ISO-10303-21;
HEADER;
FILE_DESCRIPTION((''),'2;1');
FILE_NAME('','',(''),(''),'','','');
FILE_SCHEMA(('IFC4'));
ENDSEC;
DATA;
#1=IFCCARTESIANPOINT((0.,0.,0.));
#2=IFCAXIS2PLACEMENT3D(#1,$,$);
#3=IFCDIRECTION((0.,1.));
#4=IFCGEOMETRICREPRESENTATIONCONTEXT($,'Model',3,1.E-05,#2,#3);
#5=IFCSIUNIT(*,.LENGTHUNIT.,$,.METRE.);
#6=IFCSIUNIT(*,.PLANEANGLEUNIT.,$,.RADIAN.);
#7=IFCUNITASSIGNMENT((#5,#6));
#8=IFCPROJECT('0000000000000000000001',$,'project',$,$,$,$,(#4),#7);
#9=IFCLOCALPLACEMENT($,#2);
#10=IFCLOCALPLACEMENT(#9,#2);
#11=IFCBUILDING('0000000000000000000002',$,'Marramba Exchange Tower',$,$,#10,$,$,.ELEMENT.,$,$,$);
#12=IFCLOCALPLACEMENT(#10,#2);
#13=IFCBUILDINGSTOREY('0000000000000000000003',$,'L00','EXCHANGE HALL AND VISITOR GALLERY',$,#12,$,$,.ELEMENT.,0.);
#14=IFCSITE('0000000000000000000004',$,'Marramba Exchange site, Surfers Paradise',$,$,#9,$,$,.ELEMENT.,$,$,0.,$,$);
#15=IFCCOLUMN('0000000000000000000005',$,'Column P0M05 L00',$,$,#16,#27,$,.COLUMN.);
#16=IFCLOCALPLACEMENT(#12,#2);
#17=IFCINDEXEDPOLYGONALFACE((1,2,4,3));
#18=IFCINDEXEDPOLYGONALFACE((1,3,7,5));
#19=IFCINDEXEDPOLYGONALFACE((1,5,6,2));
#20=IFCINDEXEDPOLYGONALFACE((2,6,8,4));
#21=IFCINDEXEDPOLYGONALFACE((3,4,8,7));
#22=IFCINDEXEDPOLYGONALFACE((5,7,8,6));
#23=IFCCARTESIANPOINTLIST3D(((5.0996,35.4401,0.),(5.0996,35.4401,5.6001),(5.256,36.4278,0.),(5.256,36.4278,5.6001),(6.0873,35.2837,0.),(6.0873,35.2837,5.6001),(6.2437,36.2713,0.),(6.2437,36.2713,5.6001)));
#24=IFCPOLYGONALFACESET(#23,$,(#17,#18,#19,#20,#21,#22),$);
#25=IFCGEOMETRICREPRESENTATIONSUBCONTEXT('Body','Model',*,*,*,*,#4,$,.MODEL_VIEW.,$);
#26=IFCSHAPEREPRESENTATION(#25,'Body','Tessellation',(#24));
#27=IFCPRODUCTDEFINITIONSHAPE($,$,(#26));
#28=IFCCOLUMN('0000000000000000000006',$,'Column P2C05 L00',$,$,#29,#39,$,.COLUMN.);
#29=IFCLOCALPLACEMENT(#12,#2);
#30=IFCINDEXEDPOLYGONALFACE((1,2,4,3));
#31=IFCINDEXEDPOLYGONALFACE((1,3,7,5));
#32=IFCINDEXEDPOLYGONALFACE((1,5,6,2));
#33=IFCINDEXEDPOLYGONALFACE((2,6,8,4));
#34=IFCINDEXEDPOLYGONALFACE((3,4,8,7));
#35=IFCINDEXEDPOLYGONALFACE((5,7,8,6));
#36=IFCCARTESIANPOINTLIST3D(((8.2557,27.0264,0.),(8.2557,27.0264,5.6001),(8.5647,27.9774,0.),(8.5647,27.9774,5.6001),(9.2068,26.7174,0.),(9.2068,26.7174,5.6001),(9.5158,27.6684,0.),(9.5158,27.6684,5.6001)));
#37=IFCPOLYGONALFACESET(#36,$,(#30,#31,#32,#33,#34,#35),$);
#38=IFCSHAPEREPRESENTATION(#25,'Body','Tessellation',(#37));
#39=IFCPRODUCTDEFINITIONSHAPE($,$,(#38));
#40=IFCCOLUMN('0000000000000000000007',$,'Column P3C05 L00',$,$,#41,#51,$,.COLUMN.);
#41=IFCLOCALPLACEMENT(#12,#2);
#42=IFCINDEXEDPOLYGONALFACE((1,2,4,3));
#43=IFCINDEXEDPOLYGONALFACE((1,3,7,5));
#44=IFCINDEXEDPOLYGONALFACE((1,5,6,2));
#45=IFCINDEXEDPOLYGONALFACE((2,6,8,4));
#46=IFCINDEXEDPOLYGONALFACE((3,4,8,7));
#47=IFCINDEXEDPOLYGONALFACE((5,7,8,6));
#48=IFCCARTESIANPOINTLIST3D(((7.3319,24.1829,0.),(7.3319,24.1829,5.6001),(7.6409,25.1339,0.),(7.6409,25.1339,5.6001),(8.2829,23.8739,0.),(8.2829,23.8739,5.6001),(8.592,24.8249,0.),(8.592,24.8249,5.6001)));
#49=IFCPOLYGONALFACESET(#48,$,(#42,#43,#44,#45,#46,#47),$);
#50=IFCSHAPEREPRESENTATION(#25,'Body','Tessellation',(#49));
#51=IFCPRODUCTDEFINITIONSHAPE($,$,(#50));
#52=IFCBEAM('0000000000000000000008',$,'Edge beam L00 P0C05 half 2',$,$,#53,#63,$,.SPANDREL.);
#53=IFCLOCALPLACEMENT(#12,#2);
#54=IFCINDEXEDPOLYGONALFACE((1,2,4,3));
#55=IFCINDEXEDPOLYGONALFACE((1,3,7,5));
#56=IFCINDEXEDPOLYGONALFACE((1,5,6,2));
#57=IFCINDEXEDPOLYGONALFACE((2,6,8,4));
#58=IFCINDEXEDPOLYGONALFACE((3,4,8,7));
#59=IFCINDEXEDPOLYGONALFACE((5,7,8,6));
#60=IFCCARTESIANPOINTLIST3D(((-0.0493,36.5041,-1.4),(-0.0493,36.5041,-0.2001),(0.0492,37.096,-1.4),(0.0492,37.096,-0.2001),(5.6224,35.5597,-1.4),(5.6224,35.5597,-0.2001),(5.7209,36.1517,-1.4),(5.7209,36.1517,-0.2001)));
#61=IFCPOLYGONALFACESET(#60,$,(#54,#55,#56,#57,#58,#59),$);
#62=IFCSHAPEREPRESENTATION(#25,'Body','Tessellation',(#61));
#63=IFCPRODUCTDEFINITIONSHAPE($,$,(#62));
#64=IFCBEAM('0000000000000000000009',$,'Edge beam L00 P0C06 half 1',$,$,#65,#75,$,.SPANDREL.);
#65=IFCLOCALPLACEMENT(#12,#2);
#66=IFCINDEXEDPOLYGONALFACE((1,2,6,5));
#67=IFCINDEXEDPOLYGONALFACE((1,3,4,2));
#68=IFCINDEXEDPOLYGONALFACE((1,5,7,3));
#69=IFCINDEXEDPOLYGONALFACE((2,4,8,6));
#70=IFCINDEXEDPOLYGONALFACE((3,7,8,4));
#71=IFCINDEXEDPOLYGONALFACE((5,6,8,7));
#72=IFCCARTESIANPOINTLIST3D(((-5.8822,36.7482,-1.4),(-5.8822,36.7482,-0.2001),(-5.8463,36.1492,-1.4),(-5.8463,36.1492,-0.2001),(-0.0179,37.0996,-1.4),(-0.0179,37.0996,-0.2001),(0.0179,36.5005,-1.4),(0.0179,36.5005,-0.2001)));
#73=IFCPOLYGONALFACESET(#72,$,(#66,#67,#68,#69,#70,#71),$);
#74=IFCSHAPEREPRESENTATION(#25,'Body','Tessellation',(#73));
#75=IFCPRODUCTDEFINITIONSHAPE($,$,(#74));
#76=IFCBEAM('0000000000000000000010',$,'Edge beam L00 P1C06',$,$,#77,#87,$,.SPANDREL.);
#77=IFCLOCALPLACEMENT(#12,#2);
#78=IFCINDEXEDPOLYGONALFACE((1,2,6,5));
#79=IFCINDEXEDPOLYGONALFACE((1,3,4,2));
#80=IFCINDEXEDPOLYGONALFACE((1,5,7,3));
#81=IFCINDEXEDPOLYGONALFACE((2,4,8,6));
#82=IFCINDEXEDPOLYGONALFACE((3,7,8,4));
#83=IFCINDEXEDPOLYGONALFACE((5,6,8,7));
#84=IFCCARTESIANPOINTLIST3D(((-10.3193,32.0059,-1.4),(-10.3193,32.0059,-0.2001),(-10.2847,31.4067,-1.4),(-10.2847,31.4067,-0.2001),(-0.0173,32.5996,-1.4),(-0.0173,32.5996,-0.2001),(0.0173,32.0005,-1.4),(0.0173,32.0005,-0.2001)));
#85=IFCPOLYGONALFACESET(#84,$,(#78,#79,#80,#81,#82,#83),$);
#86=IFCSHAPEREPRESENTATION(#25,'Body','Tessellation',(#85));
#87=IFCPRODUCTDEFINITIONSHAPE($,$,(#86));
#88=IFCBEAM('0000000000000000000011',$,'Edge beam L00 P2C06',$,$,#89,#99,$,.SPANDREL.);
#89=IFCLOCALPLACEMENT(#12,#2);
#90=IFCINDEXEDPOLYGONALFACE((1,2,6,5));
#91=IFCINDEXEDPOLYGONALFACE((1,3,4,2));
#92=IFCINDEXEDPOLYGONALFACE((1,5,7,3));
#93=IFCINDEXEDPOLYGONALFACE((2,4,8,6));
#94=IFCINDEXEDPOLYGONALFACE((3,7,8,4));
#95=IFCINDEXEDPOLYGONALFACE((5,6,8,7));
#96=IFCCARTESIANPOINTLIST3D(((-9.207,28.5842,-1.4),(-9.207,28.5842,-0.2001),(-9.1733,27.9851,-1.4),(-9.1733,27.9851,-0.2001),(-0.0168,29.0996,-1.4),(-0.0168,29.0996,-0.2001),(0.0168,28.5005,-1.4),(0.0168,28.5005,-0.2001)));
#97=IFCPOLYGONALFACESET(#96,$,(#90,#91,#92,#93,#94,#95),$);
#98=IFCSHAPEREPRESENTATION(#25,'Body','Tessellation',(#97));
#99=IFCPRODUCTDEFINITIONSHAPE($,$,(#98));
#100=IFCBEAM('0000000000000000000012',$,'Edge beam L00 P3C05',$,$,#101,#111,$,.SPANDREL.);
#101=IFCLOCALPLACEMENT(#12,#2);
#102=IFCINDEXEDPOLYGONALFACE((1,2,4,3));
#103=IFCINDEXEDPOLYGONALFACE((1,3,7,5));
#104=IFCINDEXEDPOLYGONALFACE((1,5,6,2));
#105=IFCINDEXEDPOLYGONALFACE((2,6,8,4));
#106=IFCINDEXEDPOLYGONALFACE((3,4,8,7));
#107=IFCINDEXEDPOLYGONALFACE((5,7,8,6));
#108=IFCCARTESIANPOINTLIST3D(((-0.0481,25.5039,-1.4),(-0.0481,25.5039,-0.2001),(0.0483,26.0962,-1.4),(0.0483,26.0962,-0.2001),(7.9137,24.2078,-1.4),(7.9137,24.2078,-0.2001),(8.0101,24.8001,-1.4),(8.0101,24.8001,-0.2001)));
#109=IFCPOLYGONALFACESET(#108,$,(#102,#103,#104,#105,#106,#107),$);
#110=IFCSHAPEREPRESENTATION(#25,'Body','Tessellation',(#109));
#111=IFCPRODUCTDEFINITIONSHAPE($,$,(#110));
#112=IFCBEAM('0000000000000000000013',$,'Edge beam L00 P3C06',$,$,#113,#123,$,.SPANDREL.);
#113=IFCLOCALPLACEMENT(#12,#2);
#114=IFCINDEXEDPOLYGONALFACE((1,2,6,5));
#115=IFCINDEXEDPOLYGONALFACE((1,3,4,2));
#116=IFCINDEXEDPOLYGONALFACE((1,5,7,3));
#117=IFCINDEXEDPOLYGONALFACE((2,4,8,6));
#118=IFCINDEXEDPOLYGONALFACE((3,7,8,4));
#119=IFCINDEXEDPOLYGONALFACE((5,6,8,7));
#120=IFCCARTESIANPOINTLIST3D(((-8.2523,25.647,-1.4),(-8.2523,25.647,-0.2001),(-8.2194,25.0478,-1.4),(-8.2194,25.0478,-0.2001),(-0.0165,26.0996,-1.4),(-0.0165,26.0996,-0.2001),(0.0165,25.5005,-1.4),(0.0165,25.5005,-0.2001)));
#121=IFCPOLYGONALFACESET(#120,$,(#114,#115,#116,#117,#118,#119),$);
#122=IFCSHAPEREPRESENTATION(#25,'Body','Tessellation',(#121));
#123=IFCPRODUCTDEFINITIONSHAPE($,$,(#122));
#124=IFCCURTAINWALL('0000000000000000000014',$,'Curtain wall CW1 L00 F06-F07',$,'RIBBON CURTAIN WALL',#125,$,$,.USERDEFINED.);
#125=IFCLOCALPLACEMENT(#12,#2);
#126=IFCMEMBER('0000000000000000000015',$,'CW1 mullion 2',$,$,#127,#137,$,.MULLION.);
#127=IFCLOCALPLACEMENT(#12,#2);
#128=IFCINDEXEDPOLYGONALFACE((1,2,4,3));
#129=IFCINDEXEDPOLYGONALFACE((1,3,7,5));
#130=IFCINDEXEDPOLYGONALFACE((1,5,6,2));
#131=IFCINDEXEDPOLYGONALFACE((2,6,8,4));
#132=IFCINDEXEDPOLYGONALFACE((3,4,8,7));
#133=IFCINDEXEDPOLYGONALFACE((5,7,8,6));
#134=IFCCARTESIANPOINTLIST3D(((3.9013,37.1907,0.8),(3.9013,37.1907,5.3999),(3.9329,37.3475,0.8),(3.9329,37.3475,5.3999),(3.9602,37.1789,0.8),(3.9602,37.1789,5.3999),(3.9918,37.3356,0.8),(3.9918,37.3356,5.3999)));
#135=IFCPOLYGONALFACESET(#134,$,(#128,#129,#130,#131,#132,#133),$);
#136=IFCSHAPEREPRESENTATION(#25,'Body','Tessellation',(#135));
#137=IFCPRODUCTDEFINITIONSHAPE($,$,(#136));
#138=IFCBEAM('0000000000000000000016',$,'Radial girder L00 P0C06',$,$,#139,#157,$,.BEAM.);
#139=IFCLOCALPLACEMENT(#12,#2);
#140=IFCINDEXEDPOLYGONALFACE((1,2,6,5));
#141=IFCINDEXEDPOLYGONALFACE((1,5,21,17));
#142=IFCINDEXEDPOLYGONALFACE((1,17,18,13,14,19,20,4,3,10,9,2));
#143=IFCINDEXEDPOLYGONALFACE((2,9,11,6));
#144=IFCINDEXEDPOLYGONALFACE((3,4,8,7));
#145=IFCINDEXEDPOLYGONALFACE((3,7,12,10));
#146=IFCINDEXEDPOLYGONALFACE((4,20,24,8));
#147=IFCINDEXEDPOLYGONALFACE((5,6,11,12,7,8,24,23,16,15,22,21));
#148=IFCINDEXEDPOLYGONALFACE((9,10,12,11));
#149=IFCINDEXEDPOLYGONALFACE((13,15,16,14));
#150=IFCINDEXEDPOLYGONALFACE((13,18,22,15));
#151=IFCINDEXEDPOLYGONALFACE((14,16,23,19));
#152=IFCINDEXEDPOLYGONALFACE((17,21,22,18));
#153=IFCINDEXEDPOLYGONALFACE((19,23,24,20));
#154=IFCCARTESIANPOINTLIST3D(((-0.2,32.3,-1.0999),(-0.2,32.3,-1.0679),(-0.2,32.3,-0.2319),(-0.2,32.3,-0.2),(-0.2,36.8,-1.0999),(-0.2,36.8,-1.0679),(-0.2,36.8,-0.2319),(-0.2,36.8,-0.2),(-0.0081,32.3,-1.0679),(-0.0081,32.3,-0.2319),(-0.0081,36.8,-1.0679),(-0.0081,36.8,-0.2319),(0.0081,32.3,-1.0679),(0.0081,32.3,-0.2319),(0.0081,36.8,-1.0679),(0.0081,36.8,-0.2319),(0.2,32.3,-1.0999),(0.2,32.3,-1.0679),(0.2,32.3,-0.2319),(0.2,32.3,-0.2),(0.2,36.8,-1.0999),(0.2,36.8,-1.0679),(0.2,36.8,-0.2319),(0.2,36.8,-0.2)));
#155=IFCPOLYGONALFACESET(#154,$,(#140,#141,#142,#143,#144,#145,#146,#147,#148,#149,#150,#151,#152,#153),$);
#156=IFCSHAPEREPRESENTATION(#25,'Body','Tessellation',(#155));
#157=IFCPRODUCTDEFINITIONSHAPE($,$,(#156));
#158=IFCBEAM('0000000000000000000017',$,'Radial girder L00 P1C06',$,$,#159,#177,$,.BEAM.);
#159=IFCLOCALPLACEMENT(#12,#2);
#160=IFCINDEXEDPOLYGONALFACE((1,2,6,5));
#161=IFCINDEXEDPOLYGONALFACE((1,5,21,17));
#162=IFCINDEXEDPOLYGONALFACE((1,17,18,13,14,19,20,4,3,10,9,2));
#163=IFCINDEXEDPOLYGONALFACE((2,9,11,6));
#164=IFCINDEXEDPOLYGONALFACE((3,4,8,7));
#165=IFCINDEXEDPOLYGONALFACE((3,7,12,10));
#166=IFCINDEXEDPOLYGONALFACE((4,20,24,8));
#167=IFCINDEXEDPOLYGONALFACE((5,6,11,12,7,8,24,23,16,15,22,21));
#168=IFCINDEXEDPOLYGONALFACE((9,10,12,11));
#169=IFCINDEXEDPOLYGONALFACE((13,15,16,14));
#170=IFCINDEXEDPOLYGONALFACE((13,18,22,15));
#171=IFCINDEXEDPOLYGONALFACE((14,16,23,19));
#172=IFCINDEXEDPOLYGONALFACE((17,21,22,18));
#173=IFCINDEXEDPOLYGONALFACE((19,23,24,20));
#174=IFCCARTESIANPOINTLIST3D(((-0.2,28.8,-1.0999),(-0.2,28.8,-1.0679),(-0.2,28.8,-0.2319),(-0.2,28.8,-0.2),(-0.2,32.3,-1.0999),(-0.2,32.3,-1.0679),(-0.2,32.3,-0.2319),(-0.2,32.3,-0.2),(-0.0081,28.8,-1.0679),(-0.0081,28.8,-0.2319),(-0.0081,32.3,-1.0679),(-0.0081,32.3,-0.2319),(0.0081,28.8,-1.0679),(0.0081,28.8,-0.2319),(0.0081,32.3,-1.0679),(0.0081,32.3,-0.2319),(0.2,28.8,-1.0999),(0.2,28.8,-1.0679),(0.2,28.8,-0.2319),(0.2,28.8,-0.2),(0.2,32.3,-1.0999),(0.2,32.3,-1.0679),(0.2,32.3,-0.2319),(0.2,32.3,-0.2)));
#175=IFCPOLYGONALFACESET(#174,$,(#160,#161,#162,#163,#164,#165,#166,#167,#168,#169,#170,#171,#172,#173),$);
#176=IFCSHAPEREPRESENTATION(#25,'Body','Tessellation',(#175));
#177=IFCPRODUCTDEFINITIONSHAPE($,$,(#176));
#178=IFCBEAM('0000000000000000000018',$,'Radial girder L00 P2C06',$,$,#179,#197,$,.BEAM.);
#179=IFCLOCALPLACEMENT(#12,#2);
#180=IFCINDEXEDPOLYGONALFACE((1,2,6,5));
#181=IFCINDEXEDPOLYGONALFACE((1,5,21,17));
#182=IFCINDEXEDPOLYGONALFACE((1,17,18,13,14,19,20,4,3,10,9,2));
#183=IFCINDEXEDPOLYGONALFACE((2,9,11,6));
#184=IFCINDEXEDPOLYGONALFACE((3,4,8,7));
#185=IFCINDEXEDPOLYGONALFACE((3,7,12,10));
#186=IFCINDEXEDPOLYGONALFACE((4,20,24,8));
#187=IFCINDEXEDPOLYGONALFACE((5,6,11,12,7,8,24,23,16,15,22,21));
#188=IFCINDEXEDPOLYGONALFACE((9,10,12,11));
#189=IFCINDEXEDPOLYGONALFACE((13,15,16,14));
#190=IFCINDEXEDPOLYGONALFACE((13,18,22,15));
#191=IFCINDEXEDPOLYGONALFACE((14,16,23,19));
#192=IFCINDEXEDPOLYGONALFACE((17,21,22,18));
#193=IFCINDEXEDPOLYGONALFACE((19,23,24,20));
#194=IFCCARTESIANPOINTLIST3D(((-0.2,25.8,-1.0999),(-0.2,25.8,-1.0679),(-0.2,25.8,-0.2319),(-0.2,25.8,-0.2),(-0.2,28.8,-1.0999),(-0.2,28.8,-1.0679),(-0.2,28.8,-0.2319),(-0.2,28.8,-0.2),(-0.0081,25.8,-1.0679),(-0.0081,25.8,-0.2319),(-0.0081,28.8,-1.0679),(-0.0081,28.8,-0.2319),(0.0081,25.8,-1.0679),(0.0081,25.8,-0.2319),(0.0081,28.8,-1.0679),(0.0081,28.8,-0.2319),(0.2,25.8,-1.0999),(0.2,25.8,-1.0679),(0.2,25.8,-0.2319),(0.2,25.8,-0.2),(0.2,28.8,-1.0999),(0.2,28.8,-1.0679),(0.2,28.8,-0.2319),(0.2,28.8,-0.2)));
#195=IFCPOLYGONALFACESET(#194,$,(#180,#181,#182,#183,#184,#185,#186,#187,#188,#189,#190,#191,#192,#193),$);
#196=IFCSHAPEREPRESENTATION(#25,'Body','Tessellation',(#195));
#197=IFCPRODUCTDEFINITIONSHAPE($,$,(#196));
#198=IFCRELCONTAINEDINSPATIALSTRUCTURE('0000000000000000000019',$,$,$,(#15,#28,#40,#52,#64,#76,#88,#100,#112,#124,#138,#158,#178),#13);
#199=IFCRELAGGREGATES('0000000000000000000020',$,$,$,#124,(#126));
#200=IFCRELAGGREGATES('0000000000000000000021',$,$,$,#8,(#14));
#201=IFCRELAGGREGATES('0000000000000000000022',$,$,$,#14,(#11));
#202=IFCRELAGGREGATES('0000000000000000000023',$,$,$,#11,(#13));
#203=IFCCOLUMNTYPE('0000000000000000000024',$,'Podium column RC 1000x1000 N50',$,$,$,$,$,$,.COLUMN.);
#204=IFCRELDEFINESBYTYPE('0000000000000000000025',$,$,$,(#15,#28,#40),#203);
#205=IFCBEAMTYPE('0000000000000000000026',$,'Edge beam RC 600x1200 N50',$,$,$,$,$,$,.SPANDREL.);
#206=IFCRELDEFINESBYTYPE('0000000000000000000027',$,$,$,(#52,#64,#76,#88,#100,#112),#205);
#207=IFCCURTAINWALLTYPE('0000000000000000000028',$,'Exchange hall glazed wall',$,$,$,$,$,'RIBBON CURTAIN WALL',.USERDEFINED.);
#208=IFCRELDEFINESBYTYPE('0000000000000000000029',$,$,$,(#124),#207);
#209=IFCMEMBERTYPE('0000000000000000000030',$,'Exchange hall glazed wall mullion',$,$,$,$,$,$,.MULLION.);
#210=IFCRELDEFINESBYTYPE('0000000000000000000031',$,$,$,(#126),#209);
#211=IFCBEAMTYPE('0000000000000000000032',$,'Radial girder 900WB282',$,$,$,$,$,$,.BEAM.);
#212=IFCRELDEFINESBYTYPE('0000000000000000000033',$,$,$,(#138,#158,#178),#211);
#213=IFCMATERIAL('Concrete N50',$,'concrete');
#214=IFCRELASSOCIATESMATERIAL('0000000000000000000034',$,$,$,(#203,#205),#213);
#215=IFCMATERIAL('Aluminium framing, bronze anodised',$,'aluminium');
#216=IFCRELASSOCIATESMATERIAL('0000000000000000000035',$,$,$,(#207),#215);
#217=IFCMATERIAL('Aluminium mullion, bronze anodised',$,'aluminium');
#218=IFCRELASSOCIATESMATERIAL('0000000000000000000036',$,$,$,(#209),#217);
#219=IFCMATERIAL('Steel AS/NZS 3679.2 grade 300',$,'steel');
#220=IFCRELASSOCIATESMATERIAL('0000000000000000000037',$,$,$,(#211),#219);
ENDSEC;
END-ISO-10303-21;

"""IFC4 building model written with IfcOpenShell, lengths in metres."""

from ifc_helpers import new_model, si_unit, direction, frame, origin, origin_2d, place, context, subcontext, project, spatial, rectangle, i_section, extrude, material, material_profile, profile_set, type_object, element, aggregate, save


model = new_model("IFC4")

# Units and contexts
model_context = context("Model", 3, precision=1e-05, world=origin(), true_north=direction((0.0, 1.0)))
body_context = subcontext(model_context, "Body", "Model", "MODEL_VIEW")
ifc_project = project(units=[si_unit("LENGTHUNIT", "METRE"), si_unit("PLANEANGLEUNIT", "RADIAN")], contexts=[model_context])

# Site, building, storey
site_placement = place(None, origin())
site = spatial("IfcSite", under=ifc_project, at=site_placement, Name="Marramba Exchange site, Surfers Paradise", CompositionType="ELEMENT", RefElevation=0.0)
building_placement = place(site_placement, origin())
building = spatial("IfcBuilding", under=site, at=building_placement, Name="Marramba Exchange Tower", CompositionType="ELEMENT")
storey_placement = place(building_placement, origin())
storey = spatial("IfcBuildingStorey", under=building, at=storey_placement, Name="L00", Description="EXCHANGE HALL AND VISITOR GALLERY", CompositionType="ELEMENT", Elevation=0.0)

# Columns
ifc_material_1 = material(Name="Concrete N50", Category="concrete")
ifc_material_profile_1 = material_profile(ifc_material_1, rectangle(XDim=1.0, YDim=1.0, at=origin_2d()), Name="RC 1000x1000")
ifc_profile_set_1 = profile_set([ifc_material_profile_1], Name="Concrete N50")
column_type = type_object("IfcColumnType", Name="Podium column RC 1000x1000 N50", PredefinedType="COLUMN", material=ifc_profile_set_1)
for number, where, z_axis, x_axis, name in (
    (1, (5.6716, 35.8557, 0.0), (0.0, 0.0, 1.0), (0.156434, 0.987688, 0.0), "Column P0M05 L00"),
    (2, (8.8857, 27.3474, 0.0), (0.0, 0.0, 1.0), (0.309017, 0.951057, 0.0), "Column P2C05 L00"),
    (3, (7.9619, 24.5039, 0.0), (0.0, 0.0, 1.0), (0.309017, 0.951057, 0.0), "Column P3C05 L00"),
):
    element("IfcColumn", number, at=place(storey_placement, frame(where, z_axis=z_axis, x_axis=x_axis)), inside=storey, type_object=column_type, Name=name, PredefinedType="COLUMN", context=body_context, shape_type="SweptSolid", body=[
        extrude(rectangle(XDim=1.0, YDim=1.0, at=origin_2d()), origin(), (0.0, 0.0, 1.0), 5.6001),
    ])

# Beams
ifc_material_profile_2 = material_profile(ifc_material_1, rectangle(XDim=0.6001, YDim=1.2, at=origin_2d()), Name="RC 600x1200")
ifc_profile_set_2 = profile_set([ifc_material_profile_2], Name="Concrete N50")
beam_type_1 = type_object("IfcBeamType", Name="Edge beam RC 600x1200 N50", PredefinedType="SPANDREL", material=ifc_profile_set_2)
beam_1_placement = place(storey_placement, frame((5.6716, 35.8557, -0.8), z_axis=(-0.98642, 0.164241, 0.0), x_axis=(-0.164241, -0.98642, 0.0)))
element("IfcBeam", 4, at=beam_1_placement, inside=storey, type_object=beam_type_1, Name="Edge beam L00 P0C05 half 2", PredefinedType="SPANDREL", context=body_context, shape_type="SweptSolid", body=[
    extrude(rectangle(XDim=0.6001, YDim=1.2, at=origin_2d()), origin(), (0.0, 0.0, 1.0), 5.7498),
])
beam_2_placement = place(storey_placement, frame((0.0, 36.8, -0.8), z_axis=(-0.99821, -0.059801, 0.0), x_axis=(0.059801, -0.99821, 0.0)))
element("IfcBeam", 5, at=beam_2_placement, inside=storey, type_object=beam_type_1, Name="Edge beam L00 P0C06 half 1", PredefinedType="SPANDREL", context=body_context, shape_type="SweptSolid", body=[
    extrude(rectangle(XDim=0.6001, YDim=1.2, at=origin_2d()), origin(), (0.0, 0.0, 1.0), 5.8748),
])
beam_3_placement = place(storey_placement, frame((0.0, 32.3, -0.8), z_axis=(-0.998343, -0.057539, 0.0), x_axis=(0.057539, -0.998343, 0.0)))
element("IfcBeam", 6, at=beam_3_placement, inside=storey, type_object=beam_type_1, Name="Edge beam L00 P1C06", PredefinedType="SPANDREL", context=body_context, shape_type="SweptSolid", body=[
    extrude(rectangle(XDim=0.6001, YDim=1.2, at=origin_2d()), origin(), (0.0, 0.0, 1.0), 10.3191),
])
beam_4_placement = place(storey_placement, frame((0.0, 28.8, -0.8), z_axis=(-0.998431, -0.055992, 0.0), x_axis=(0.055992, -0.998431, 0.0)))
element("IfcBeam", 7, at=beam_4_placement, inside=storey, type_object=beam_type_1, Name="Edge beam L00 P2C06", PredefinedType="SPANDREL", context=body_context, shape_type="SweptSolid", body=[
    extrude(rectangle(XDim=0.6001, YDim=1.2, at=origin_2d()), origin(), (0.0, 0.0, 1.0), 9.2046),
])
beam_5_placement = place(storey_placement, frame((7.9619, 24.5039, -0.8), z_axis=(-0.987007, 0.160678, 0.0), x_axis=(-0.160678, -0.987007, 0.0)))
element("IfcBeam", 8, at=beam_5_placement, inside=storey, type_object=beam_type_1, Name="Edge beam L00 P3C05", PredefinedType="SPANDREL", context=body_context, shape_type="SweptSolid", body=[
    extrude(rectangle(XDim=0.6001, YDim=1.2, at=origin_2d()), origin(), (0.0, 0.0, 1.0), 8.0667),
])
beam_6_placement = place(storey_placement, frame((0.0, 25.8, -0.8), z_axis=(-0.998493, -0.054877, 0.0), x_axis=(0.054877, -0.998493, 0.0)))
element("IfcBeam", 9, at=beam_6_placement, inside=storey, type_object=beam_type_1, Name="Edge beam L00 P3C06", PredefinedType="SPANDREL", context=body_context, shape_type="SweptSolid", body=[
    extrude(rectangle(XDim=0.6001, YDim=1.2, at=origin_2d()), origin(), (0.0, 0.0, 1.0), 8.2483),
])

# Curtain wall, member
ifc_material_2 = material(Name="Aluminium framing, bronze anodised", Category="aluminium")
curtain_wall_type = type_object("IfcCurtainWallType", Name="Exchange hall glazed wall", ElementType="RIBBON CURTAIN WALL", PredefinedType="USERDEFINED", material=ifc_material_2)
curtain_wall_placement = place(storey_placement, origin())
curtain_wall = element("IfcCurtainWall", 10, at=curtain_wall_placement, inside=storey, type_object=curtain_wall_type, Name="Curtain wall CW1 L00 F06-F07", ObjectType="RIBBON CURTAIN WALL", PredefinedType="USERDEFINED")
ifc_material_3 = material(Name="Aluminium mullion, bronze anodised", Category="aluminium")
ifc_material_profile_3 = material_profile(ifc_material_3, rectangle(XDim=0.1599, YDim=0.0601, at=origin_2d()), Name="CW1 mullion 60x160")
ifc_profile_set_3 = profile_set([ifc_material_profile_3], Name="Aluminium mullion, bronze anodised")
member_type = type_object("IfcMemberType", Name="Exchange hall glazed wall mullion", PredefinedType="MULLION", material=ifc_profile_set_3)
member_placement = place(storey_placement, frame((3.9465, 37.2632, 0.8), z_axis=(0.0, 0.0, 1.0), x_axis=(-0.197535, -0.980296, 0.0)))
member = element("IfcMember", 11, at=member_placement, type_object=member_type, Name="CW1 mullion 2", PredefinedType="MULLION", context=body_context, shape_type="SweptSolid", body=[
    extrude(rectangle(XDim=0.1599, YDim=0.0601, at=origin_2d()), origin(), (0.0, 0.0, 1.0), 4.5999),
])

# Beams
ifc_material_4 = material(Name="Steel AS/NZS 3679.2 grade 300", Category="steel")
ifc_material_profile_4 = material_profile(ifc_material_4, i_section(OverallWidth=0.3999, OverallDepth=0.8999, WebThickness=0.0161, FlangeThickness=0.032, at=origin_2d()), Name="900WB282")
ifc_profile_set_4 = profile_set([ifc_material_profile_4], Name="Steel AS/NZS 3679.2 grade 300")
beam_type_2 = type_object("IfcBeamType", Name="Radial girder 900WB282", PredefinedType="BEAM", material=ifc_profile_set_4)
beam_7_placement = place(storey_placement, frame((0.0, 36.8, -0.6499), z_axis=(0.0, -1.0, 0.0), x_axis=(1.0, 0.0, 0.0)))
element("IfcBeam", 12, at=beam_7_placement, inside=storey, type_object=beam_type_2, Name="Radial girder L00 P0C06", PredefinedType="BEAM", context=body_context, shape_type="SweptSolid", body=[
    extrude(i_section(OverallWidth=0.3999, OverallDepth=0.8999, WebThickness=0.0161, FlangeThickness=0.032, at=origin_2d()), origin(), (0.0, 0.0, 1.0), 4.5),
])
beam_8_placement = place(storey_placement, frame((0.0, 32.3, -0.6499), z_axis=(0.0, -1.0, 0.0), x_axis=(1.0, 0.0, 0.0)))
element("IfcBeam", 13, at=beam_8_placement, inside=storey, type_object=beam_type_2, Name="Radial girder L00 P1C06", PredefinedType="BEAM", context=body_context, shape_type="SweptSolid", body=[
    extrude(i_section(OverallWidth=0.3999, OverallDepth=0.8999, WebThickness=0.0161, FlangeThickness=0.032, at=origin_2d()), origin(), (0.0, 0.0, 1.0), 3.5),
])
beam_9_placement = place(storey_placement, frame((0.0, 28.8, -0.6499), z_axis=(0.0, -1.0, 0.0), x_axis=(1.0, 0.0, 0.0)))
element("IfcBeam", 14, at=beam_9_placement, inside=storey, type_object=beam_type_2, Name="Radial girder L00 P2C06", PredefinedType="BEAM", context=body_context, shape_type="SweptSolid", body=[
    extrude(i_section(OverallWidth=0.3999, OverallDepth=0.8999, WebThickness=0.0161, FlangeThickness=0.032, at=origin_2d()), origin(), (0.0, 0.0, 1.0), 3.0),
])

aggregate(curtain_wall, [member])

save(model, "model.ifc")
